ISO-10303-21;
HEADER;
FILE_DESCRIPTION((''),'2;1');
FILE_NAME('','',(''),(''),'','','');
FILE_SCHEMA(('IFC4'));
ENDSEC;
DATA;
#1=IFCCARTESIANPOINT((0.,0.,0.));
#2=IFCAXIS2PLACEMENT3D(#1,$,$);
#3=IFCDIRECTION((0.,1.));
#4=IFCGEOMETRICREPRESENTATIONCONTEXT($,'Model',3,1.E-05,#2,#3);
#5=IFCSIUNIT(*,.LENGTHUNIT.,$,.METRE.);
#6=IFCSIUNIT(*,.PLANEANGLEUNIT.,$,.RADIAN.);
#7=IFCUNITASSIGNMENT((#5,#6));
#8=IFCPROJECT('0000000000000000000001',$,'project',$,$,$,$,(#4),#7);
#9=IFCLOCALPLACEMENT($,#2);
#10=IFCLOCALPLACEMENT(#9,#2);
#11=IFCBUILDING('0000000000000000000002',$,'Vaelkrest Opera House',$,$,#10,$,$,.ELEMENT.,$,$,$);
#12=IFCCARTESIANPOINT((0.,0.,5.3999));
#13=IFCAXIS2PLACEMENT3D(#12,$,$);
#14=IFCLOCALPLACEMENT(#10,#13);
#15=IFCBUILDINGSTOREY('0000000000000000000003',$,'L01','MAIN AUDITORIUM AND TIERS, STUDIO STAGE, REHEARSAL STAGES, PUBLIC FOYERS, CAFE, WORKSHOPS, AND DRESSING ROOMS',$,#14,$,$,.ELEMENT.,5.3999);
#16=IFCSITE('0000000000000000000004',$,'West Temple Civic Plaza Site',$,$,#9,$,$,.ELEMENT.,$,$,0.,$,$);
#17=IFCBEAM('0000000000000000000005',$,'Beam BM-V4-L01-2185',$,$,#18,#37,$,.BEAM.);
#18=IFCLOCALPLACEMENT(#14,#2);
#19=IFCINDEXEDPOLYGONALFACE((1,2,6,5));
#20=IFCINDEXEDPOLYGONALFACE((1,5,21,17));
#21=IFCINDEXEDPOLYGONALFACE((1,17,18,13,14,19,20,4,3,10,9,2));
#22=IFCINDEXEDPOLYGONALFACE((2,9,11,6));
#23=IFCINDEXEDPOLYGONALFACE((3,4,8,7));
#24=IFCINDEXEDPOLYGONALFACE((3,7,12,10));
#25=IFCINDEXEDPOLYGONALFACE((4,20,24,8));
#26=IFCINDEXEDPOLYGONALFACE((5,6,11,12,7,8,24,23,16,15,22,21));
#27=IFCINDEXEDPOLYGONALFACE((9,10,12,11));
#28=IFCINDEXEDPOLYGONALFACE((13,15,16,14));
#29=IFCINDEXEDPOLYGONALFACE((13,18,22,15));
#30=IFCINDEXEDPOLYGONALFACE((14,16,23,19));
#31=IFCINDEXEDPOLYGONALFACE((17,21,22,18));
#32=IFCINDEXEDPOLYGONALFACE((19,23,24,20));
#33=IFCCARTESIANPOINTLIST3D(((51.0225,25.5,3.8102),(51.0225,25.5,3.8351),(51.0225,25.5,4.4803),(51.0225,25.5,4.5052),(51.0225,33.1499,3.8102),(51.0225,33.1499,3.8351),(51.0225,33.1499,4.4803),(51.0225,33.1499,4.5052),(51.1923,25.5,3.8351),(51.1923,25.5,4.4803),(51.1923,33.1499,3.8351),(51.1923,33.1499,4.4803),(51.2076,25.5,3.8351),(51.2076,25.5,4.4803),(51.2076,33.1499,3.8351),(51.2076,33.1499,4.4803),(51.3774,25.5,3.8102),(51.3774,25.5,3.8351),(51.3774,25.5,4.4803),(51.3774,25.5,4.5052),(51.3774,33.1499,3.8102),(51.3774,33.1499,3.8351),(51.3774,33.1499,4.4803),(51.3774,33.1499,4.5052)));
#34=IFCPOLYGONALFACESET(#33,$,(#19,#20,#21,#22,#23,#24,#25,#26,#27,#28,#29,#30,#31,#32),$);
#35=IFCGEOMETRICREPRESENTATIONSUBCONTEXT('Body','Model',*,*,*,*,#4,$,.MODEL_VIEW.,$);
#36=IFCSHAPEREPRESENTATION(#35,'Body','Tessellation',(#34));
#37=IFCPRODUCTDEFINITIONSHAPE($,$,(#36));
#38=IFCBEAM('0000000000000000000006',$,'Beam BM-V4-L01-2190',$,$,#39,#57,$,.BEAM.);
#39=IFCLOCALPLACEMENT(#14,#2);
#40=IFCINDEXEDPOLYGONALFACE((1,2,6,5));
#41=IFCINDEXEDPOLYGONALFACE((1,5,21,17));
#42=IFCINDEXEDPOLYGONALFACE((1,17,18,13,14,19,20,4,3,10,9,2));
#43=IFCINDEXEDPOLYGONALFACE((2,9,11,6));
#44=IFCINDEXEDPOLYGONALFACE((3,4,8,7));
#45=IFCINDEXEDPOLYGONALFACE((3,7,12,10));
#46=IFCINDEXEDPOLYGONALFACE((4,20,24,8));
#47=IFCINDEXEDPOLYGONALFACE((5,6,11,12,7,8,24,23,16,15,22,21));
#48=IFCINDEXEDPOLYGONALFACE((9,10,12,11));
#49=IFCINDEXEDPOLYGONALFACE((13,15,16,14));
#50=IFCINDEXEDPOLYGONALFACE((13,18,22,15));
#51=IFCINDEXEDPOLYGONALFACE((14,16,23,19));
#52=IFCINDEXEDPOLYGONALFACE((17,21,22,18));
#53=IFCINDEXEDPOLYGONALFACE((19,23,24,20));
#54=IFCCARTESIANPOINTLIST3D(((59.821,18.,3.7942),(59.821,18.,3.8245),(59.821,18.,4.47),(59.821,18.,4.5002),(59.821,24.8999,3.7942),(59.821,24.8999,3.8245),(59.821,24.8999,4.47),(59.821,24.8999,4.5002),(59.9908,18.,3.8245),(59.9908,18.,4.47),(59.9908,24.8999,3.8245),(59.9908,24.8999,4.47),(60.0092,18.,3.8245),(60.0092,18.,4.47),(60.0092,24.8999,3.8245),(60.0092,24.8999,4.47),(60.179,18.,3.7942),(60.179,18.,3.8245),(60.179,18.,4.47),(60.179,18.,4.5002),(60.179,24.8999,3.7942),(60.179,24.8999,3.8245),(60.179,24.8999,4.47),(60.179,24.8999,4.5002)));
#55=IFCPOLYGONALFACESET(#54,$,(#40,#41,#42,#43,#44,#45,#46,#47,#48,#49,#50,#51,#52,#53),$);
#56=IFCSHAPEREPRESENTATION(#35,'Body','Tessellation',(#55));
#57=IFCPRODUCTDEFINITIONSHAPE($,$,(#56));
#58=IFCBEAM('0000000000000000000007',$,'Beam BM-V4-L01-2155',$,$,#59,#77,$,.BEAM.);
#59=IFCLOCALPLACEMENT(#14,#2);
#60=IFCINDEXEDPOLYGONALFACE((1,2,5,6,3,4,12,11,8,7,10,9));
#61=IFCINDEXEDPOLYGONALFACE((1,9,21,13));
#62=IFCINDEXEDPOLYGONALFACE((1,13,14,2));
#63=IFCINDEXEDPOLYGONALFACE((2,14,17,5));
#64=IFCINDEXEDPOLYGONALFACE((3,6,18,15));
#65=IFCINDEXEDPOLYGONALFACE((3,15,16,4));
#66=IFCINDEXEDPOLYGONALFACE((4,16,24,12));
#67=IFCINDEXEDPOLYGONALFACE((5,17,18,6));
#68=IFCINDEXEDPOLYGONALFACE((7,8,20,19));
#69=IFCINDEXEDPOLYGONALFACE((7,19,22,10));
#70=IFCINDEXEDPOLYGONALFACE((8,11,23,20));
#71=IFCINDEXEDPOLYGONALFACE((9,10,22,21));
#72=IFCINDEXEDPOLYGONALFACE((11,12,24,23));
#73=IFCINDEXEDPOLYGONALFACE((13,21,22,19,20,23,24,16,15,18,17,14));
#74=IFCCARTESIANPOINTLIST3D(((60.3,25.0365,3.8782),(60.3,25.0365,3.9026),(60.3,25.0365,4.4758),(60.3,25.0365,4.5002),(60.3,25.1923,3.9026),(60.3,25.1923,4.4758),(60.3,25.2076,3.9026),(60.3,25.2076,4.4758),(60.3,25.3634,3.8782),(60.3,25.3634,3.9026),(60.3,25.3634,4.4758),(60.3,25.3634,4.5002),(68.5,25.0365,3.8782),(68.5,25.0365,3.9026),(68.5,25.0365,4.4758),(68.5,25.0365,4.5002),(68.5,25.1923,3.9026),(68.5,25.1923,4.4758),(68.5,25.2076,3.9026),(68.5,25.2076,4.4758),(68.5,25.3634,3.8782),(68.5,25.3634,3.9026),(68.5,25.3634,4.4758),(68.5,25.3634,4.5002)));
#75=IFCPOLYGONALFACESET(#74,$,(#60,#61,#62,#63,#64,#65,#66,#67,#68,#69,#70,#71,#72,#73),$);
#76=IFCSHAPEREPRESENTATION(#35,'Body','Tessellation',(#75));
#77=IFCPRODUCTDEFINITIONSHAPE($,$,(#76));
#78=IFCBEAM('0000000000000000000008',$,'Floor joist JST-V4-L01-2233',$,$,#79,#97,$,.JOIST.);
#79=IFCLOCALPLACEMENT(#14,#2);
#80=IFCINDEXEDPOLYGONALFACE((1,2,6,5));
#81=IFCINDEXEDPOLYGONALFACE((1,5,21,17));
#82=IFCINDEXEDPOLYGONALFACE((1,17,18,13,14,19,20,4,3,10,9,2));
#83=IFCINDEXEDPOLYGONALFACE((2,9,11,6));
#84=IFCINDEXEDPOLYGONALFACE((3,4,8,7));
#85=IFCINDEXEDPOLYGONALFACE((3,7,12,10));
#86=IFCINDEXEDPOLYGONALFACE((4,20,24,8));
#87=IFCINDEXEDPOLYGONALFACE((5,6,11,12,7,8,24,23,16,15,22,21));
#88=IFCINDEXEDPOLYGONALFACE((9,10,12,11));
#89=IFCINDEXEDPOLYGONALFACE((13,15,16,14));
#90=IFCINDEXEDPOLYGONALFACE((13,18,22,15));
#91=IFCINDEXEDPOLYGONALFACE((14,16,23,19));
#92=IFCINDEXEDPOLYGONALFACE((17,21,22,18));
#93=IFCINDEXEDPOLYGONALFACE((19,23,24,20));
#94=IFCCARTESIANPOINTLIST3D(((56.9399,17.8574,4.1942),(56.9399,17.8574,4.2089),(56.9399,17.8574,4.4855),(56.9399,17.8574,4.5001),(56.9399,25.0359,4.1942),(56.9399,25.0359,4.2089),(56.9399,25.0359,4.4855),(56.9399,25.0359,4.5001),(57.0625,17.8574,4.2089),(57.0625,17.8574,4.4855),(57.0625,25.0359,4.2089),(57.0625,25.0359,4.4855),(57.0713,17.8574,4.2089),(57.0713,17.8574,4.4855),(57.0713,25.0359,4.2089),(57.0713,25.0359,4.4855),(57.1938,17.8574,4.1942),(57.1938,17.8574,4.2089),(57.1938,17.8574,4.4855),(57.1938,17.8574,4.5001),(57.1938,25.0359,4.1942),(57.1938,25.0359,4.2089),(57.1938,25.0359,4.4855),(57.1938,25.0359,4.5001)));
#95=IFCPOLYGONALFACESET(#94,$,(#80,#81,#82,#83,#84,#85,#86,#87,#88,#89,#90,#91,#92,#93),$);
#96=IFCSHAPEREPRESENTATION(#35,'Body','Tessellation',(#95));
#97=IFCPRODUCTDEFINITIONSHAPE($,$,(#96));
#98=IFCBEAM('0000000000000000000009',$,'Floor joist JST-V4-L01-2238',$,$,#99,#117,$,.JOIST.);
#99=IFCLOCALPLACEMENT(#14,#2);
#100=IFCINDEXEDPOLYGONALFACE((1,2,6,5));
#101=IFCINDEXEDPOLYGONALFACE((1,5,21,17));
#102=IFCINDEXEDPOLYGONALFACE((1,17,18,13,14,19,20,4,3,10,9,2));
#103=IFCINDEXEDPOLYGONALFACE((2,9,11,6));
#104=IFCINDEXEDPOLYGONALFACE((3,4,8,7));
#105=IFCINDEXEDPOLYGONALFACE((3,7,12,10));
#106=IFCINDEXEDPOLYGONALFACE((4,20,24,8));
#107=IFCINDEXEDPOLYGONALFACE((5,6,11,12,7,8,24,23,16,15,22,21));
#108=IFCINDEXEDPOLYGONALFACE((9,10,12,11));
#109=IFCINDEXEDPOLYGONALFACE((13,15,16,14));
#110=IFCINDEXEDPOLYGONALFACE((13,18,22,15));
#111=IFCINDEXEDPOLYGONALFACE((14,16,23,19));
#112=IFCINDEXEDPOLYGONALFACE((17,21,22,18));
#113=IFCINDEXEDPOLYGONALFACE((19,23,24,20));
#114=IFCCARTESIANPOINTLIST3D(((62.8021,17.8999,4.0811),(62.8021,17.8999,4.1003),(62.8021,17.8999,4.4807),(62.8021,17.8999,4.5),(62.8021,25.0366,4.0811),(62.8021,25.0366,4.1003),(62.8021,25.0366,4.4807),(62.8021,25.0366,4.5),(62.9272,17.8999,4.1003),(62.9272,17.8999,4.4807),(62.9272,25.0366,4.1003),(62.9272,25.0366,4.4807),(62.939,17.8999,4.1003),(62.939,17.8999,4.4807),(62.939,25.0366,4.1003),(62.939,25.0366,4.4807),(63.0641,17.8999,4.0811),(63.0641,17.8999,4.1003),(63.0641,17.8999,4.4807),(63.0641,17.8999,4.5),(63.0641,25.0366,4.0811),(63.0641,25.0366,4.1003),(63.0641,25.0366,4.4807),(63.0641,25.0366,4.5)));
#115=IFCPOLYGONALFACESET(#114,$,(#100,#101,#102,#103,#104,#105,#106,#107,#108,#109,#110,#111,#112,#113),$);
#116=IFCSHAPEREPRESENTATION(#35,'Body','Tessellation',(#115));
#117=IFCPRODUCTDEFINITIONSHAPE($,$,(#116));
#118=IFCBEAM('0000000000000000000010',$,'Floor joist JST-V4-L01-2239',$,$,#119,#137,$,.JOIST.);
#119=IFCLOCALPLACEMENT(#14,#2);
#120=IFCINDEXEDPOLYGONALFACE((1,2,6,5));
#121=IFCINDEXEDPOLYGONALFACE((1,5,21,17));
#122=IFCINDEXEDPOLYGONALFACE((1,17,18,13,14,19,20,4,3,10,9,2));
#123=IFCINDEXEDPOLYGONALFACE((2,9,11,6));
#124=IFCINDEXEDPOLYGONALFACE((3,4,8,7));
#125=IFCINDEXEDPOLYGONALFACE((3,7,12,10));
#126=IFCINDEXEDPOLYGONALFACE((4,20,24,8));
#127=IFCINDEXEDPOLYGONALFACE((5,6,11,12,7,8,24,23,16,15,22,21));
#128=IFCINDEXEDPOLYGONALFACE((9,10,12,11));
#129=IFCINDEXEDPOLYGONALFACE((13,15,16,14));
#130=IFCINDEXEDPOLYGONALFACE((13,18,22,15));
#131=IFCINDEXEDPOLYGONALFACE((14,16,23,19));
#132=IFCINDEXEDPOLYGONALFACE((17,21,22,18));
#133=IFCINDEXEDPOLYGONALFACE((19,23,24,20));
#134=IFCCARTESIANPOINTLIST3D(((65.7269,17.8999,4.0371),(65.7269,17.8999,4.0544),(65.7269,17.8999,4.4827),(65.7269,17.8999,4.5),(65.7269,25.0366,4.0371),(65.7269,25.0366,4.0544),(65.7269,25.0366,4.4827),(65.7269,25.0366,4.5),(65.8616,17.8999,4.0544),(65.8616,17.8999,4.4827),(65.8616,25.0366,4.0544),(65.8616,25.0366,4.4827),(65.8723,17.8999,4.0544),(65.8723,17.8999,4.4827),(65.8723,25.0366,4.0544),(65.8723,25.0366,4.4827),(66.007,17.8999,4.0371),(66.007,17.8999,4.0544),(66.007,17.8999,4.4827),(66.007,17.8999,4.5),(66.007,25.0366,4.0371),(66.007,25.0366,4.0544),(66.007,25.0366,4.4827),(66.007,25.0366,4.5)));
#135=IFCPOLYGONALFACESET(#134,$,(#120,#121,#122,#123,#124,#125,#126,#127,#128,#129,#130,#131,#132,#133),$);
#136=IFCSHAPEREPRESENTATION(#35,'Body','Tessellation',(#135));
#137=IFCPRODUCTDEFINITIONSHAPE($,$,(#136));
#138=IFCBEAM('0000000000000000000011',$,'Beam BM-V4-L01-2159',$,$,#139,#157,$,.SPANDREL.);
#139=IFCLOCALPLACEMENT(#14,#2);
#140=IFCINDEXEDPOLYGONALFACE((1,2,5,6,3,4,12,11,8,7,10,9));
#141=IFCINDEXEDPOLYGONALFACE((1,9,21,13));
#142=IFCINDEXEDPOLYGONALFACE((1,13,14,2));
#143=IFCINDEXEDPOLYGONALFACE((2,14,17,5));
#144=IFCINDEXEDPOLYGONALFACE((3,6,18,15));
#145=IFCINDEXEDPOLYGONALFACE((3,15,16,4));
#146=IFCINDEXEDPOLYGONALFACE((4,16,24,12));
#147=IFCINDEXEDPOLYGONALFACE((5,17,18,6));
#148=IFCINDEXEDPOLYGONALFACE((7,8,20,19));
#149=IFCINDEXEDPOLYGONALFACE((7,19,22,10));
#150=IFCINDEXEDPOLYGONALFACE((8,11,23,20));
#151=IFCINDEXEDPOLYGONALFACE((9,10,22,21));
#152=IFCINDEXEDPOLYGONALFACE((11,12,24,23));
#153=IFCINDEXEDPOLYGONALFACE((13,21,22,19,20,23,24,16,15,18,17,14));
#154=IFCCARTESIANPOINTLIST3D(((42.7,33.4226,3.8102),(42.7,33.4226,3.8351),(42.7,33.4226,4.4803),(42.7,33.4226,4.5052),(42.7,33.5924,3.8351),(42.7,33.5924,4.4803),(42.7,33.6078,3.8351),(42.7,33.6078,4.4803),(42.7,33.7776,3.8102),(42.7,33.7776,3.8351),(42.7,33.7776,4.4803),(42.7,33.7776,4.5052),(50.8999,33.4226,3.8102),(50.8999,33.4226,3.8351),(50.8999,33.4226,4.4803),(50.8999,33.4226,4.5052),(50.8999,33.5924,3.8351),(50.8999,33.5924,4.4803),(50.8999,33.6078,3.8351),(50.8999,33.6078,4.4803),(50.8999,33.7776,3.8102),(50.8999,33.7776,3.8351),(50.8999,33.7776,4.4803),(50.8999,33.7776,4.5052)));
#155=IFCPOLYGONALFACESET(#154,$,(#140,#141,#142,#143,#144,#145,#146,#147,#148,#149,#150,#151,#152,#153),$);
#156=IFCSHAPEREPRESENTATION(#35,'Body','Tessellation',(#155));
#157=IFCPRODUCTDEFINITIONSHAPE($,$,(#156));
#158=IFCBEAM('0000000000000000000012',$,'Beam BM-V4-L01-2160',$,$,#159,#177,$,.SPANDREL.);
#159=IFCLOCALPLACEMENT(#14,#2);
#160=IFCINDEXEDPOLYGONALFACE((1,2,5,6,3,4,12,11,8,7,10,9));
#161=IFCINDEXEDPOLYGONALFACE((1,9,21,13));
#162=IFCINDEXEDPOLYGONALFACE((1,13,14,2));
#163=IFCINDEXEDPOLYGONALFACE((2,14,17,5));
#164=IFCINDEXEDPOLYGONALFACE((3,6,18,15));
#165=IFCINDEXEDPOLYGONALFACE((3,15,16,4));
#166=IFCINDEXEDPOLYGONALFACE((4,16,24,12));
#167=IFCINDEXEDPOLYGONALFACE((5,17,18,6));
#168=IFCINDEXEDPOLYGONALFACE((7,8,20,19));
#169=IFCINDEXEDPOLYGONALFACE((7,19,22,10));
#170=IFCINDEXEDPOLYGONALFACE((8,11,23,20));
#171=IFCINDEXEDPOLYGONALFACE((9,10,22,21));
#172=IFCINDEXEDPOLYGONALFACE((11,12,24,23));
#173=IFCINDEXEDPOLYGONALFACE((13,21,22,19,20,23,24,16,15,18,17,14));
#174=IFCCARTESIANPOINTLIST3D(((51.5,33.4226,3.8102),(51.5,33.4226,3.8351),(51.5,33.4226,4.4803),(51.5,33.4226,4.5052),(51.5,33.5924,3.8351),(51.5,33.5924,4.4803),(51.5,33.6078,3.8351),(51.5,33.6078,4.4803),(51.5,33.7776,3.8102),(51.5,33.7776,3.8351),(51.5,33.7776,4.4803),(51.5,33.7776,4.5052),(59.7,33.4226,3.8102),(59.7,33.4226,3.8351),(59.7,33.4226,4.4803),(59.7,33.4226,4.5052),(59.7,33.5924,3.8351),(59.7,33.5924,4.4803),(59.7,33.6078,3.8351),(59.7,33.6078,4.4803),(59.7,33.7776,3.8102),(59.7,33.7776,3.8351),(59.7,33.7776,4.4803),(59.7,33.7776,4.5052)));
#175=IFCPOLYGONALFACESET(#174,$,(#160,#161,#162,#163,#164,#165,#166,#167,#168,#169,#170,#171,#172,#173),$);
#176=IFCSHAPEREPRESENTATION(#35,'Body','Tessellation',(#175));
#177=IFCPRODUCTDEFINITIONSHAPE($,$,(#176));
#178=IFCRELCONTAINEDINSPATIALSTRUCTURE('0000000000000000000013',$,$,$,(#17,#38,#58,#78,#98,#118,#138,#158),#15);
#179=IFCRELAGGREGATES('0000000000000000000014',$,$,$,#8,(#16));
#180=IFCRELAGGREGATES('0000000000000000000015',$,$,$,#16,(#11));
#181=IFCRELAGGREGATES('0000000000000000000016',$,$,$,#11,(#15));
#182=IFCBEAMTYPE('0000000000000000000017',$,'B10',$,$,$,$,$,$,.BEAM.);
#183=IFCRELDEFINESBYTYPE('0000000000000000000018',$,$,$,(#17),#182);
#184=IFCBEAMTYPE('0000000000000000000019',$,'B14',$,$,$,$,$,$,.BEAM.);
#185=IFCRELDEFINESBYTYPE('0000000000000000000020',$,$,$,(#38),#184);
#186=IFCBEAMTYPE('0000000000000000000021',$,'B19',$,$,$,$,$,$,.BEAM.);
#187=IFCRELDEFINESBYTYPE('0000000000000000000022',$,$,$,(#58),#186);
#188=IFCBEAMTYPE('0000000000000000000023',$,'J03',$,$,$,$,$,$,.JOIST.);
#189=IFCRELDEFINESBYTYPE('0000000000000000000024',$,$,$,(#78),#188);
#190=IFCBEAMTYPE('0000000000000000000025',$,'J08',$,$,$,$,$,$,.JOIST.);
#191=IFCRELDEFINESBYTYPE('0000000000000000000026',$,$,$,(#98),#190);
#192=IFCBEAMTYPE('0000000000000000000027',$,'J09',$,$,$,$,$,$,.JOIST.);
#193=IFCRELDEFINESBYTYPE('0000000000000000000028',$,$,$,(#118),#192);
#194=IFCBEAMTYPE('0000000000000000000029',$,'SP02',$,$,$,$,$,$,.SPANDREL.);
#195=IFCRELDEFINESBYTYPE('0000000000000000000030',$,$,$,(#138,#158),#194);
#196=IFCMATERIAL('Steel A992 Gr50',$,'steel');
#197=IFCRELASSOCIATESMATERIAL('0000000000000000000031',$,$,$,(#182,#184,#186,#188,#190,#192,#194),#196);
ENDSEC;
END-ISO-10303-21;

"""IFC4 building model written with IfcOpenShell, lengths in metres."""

from ifc_helpers import new_model, si_unit, direction, frame, origin, origin_2d, place, context, subcontext, project, spatial, i_section, extrude, material, material_profile, profile_set, type_object, element, save


model = new_model("IFC4")

# Units and contexts
model_context = context("Model", 3, precision=1e-05, world=origin(), true_north=direction((0.0, 1.0)))
body_context = subcontext(model_context, "Body", "Model", "MODEL_VIEW")
ifc_project = project(units=[si_unit("LENGTHUNIT", "METRE"), si_unit("PLANEANGLEUNIT", "RADIAN")], contexts=[model_context])

# Site, building, storey
site_placement = place(None, origin())
site = spatial("IfcSite", under=ifc_project, at=site_placement, Name="West Temple Civic Plaza Site", CompositionType="ELEMENT", RefElevation=0.0)
building_placement = place(site_placement, origin())
building = spatial("IfcBuilding", under=site, at=building_placement, Name="Vaelkrest Opera House", CompositionType="ELEMENT")
storey_placement = place(building_placement, frame((0.0, 0.0, 5.3999)))
storey = spatial("IfcBuildingStorey", under=building, at=storey_placement, Name="L01", Description="MAIN AUDITORIUM AND TIERS, STUDIO STAGE, REHEARSAL STAGES, PUBLIC FOYERS, CAFE, WORKSHOPS, AND DRESSING ROOMS", CompositionType="ELEMENT", Elevation=5.3999)

# Beams
ifc_material_1 = material(Name="Steel A992 Gr50", Category="steel")
ifc_material_profile_1 = material_profile(ifc_material_1, i_section(OverallWidth=0.355, OverallDepth=0.6951, WebThickness=0.0154, FlangeThickness=0.0249, at=origin_2d()), Name="W27X146")
ifc_profile_set_1 = profile_set([ifc_material_profile_1], Name="Steel A992 Gr50")
beam_type_1 = type_object("IfcBeamType", Name="B10", PredefinedType="BEAM", material=ifc_profile_set_1)
for number, where, z_axis, x_axis, name in (
    (1, (51.2, 25.5, 4.1577), (0.0, 1.0, 0.0), (-1.0, 0.0, 0.0), "Beam BM-V4-L01-2185"),
):
    element("IfcBeam", number, at=place(storey_placement, frame(where, z_axis=z_axis, x_axis=x_axis)), inside=storey, type_object=beam_type_1, Name=name, PredefinedType="BEAM", context=body_context, shape_type="SweptSolid", body=[
        extrude(i_section(OverallWidth=0.355, OverallDepth=0.6951, WebThickness=0.0154, FlangeThickness=0.0249, at=origin_2d()), origin(), (0.0, 0.0, 1.0), 7.6499),
    ])
ifc_material_profile_2 = material_profile(ifc_material_1, i_section(OverallWidth=0.3579, OverallDepth=0.7061, WebThickness=0.0183, FlangeThickness=0.0303, at=origin_2d()), Name="W27X178")
ifc_profile_set_2 = profile_set([ifc_material_profile_2], Name="Steel A992 Gr50")
beam_type_2 = type_object("IfcBeamType", Name="B14", PredefinedType="BEAM", material=ifc_profile_set_2)
beam_1_placement = place(storey_placement, frame((60.0, 18.0, 4.1472), z_axis=(0.0, 1.0, 0.0), x_axis=(-1.0, 0.0, 0.0)))
element("IfcBeam", 2, at=beam_1_placement, inside=storey, type_object=beam_type_2, Name="Beam BM-V4-L01-2190", PredefinedType="BEAM", context=body_context, shape_type="SweptSolid", body=[
    extrude(i_section(OverallWidth=0.3579, OverallDepth=0.7061, WebThickness=0.0183, FlangeThickness=0.0303, at=origin_2d()), origin(), (0.0, 0.0, 1.0), 6.8999),
])
ifc_material_profile_3 = material_profile(ifc_material_1, i_section(OverallWidth=0.3269, OverallDepth=0.6221, WebThickness=0.0154, FlangeThickness=0.0244, at=origin_2d()), Name="W24X131")
ifc_profile_set_3 = profile_set([ifc_material_profile_3], Name="Steel A992 Gr50")
beam_type_3 = type_object("IfcBeamType", Name="B19", PredefinedType="BEAM", material=ifc_profile_set_3)
beam_2_placement = place(storey_placement, frame((60.3, 25.2, 4.1892), z_axis=(1.0, 0.0, 0.0), x_axis=(0.0, 1.0, 0.0)))
element("IfcBeam", 3, at=beam_2_placement, inside=storey, type_object=beam_type_3, Name="Beam BM-V4-L01-2155", PredefinedType="BEAM", context=body_context, shape_type="SweptSolid", body=[
    extrude(i_section(OverallWidth=0.3269, OverallDepth=0.6221, WebThickness=0.0154, FlangeThickness=0.0244, at=origin_2d()), origin(), (0.0, 0.0, 1.0), 8.2),
])
ifc_material_profile_4 = material_profile(ifc_material_1, i_section(OverallWidth=0.2539, OverallDepth=0.3059, WebThickness=0.0088, FlangeThickness=0.0146, at=origin_2d()), Name="W12X53")
ifc_profile_set_4 = profile_set([ifc_material_profile_4], Name="Steel A992 Gr50")
beam_type_4 = type_object("IfcBeamType", Name="J03", PredefinedType="JOIST", material=ifc_profile_set_4)
beam_3_placement = place(storey_placement, frame((57.0669, 17.8574, 4.3472), z_axis=(0.0, 1.0, 0.0), x_axis=(-1.0, 0.0, 0.0)))
element("IfcBeam", 4, at=beam_3_placement, inside=storey, type_object=beam_type_4, Name="Floor joist JST-V4-L01-2233", PredefinedType="JOIST", context=body_context, shape_type="SweptSolid", body=[
    extrude(i_section(OverallWidth=0.2539, OverallDepth=0.3059, WebThickness=0.0088, FlangeThickness=0.0146, at=origin_2d()), origin(), (0.0, 0.0, 1.0), 7.1785),
])
ifc_material_profile_5 = material_profile(ifc_material_1, i_section(OverallWidth=0.262, OverallDepth=0.4189, WebThickness=0.0117, FlangeThickness=0.0193, at=origin_2d()), Name="W16X77")
ifc_profile_set_5 = profile_set([ifc_material_profile_5], Name="Steel A992 Gr50")
beam_type_5 = type_object("IfcBeamType", Name="J08", PredefinedType="JOIST", material=ifc_profile_set_5)
beam_4_placement = place(storey_placement, frame((62.9331, 17.8999, 4.2905), z_axis=(0.0, 1.0, 0.0), x_axis=(-1.0, 0.0, 0.0)))
element("IfcBeam", 5, at=beam_4_placement, inside=storey, type_object=beam_type_5, Name="Floor joist JST-V4-L01-2238", PredefinedType="JOIST", context=body_context, shape_type="SweptSolid", body=[
    extrude(i_section(OverallWidth=0.262, OverallDepth=0.4189, WebThickness=0.0117, FlangeThickness=0.0193, at=origin_2d()), origin(), (0.0, 0.0, 1.0), 7.1367),
])
ifc_material_profile_6 = material_profile(ifc_material_1, i_section(OverallWidth=0.28, OverallDepth=0.4629, WebThickness=0.0107, FlangeThickness=0.0173, at=origin_2d()), Name="W18X76")
ifc_profile_set_6 = profile_set([ifc_material_profile_6], Name="Steel A992 Gr50")
beam_type_6 = type_object("IfcBeamType", Name="J09", PredefinedType="JOIST", material=ifc_profile_set_6)
beam_5_placement = place(storey_placement, frame((65.8669, 17.8999, 4.2686), z_axis=(0.0, 1.0, 0.0), x_axis=(-1.0, 0.0, 0.0)))
element("IfcBeam", 6, at=beam_5_placement, inside=storey, type_object=beam_type_6, Name="Floor joist JST-V4-L01-2239", PredefinedType="JOIST", context=body_context, shape_type="SweptSolid", body=[
    extrude(i_section(OverallWidth=0.28, OverallDepth=0.4629, WebThickness=0.0107, FlangeThickness=0.0173, at=origin_2d()), origin(), (0.0, 0.0, 1.0), 7.1367),
])
ifc_material_profile_7 = material_profile(ifc_material_1, i_section(OverallWidth=0.355, OverallDepth=0.6951, WebThickness=0.0154, FlangeThickness=0.0249, at=origin_2d()), Name="W27X146")
ifc_profile_set_7 = profile_set([ifc_material_profile_7], Name="Steel A992 Gr50")
beam_type_7 = type_object("IfcBeamType", Name="SP02", PredefinedType="SPANDREL", material=ifc_profile_set_7)
for number, where, z_axis, x_axis, name in (
    (7, (42.7, 33.6001, 4.1577), (1.0, 0.0, 0.0), (0.0, 1.0, 0.0), "Beam BM-V4-L01-2159"),
    (8, (51.5, 33.6001, 4.1577), (1.0, 0.0, 0.0), (0.0, 1.0, 0.0), "Beam BM-V4-L01-2160"),
):
    element("IfcBeam", number, at=place(storey_placement, frame(where, z_axis=z_axis, x_axis=x_axis)), inside=storey, type_object=beam_type_7, Name=name, PredefinedType="SPANDREL", context=body_context, shape_type="SweptSolid", body=[
        extrude(i_section(OverallWidth=0.355, OverallDepth=0.6951, WebThickness=0.0154, FlangeThickness=0.0249, at=origin_2d()), origin(), (0.0, 0.0, 1.0), 8.2),
    ])

save(model, "model.ifc")
